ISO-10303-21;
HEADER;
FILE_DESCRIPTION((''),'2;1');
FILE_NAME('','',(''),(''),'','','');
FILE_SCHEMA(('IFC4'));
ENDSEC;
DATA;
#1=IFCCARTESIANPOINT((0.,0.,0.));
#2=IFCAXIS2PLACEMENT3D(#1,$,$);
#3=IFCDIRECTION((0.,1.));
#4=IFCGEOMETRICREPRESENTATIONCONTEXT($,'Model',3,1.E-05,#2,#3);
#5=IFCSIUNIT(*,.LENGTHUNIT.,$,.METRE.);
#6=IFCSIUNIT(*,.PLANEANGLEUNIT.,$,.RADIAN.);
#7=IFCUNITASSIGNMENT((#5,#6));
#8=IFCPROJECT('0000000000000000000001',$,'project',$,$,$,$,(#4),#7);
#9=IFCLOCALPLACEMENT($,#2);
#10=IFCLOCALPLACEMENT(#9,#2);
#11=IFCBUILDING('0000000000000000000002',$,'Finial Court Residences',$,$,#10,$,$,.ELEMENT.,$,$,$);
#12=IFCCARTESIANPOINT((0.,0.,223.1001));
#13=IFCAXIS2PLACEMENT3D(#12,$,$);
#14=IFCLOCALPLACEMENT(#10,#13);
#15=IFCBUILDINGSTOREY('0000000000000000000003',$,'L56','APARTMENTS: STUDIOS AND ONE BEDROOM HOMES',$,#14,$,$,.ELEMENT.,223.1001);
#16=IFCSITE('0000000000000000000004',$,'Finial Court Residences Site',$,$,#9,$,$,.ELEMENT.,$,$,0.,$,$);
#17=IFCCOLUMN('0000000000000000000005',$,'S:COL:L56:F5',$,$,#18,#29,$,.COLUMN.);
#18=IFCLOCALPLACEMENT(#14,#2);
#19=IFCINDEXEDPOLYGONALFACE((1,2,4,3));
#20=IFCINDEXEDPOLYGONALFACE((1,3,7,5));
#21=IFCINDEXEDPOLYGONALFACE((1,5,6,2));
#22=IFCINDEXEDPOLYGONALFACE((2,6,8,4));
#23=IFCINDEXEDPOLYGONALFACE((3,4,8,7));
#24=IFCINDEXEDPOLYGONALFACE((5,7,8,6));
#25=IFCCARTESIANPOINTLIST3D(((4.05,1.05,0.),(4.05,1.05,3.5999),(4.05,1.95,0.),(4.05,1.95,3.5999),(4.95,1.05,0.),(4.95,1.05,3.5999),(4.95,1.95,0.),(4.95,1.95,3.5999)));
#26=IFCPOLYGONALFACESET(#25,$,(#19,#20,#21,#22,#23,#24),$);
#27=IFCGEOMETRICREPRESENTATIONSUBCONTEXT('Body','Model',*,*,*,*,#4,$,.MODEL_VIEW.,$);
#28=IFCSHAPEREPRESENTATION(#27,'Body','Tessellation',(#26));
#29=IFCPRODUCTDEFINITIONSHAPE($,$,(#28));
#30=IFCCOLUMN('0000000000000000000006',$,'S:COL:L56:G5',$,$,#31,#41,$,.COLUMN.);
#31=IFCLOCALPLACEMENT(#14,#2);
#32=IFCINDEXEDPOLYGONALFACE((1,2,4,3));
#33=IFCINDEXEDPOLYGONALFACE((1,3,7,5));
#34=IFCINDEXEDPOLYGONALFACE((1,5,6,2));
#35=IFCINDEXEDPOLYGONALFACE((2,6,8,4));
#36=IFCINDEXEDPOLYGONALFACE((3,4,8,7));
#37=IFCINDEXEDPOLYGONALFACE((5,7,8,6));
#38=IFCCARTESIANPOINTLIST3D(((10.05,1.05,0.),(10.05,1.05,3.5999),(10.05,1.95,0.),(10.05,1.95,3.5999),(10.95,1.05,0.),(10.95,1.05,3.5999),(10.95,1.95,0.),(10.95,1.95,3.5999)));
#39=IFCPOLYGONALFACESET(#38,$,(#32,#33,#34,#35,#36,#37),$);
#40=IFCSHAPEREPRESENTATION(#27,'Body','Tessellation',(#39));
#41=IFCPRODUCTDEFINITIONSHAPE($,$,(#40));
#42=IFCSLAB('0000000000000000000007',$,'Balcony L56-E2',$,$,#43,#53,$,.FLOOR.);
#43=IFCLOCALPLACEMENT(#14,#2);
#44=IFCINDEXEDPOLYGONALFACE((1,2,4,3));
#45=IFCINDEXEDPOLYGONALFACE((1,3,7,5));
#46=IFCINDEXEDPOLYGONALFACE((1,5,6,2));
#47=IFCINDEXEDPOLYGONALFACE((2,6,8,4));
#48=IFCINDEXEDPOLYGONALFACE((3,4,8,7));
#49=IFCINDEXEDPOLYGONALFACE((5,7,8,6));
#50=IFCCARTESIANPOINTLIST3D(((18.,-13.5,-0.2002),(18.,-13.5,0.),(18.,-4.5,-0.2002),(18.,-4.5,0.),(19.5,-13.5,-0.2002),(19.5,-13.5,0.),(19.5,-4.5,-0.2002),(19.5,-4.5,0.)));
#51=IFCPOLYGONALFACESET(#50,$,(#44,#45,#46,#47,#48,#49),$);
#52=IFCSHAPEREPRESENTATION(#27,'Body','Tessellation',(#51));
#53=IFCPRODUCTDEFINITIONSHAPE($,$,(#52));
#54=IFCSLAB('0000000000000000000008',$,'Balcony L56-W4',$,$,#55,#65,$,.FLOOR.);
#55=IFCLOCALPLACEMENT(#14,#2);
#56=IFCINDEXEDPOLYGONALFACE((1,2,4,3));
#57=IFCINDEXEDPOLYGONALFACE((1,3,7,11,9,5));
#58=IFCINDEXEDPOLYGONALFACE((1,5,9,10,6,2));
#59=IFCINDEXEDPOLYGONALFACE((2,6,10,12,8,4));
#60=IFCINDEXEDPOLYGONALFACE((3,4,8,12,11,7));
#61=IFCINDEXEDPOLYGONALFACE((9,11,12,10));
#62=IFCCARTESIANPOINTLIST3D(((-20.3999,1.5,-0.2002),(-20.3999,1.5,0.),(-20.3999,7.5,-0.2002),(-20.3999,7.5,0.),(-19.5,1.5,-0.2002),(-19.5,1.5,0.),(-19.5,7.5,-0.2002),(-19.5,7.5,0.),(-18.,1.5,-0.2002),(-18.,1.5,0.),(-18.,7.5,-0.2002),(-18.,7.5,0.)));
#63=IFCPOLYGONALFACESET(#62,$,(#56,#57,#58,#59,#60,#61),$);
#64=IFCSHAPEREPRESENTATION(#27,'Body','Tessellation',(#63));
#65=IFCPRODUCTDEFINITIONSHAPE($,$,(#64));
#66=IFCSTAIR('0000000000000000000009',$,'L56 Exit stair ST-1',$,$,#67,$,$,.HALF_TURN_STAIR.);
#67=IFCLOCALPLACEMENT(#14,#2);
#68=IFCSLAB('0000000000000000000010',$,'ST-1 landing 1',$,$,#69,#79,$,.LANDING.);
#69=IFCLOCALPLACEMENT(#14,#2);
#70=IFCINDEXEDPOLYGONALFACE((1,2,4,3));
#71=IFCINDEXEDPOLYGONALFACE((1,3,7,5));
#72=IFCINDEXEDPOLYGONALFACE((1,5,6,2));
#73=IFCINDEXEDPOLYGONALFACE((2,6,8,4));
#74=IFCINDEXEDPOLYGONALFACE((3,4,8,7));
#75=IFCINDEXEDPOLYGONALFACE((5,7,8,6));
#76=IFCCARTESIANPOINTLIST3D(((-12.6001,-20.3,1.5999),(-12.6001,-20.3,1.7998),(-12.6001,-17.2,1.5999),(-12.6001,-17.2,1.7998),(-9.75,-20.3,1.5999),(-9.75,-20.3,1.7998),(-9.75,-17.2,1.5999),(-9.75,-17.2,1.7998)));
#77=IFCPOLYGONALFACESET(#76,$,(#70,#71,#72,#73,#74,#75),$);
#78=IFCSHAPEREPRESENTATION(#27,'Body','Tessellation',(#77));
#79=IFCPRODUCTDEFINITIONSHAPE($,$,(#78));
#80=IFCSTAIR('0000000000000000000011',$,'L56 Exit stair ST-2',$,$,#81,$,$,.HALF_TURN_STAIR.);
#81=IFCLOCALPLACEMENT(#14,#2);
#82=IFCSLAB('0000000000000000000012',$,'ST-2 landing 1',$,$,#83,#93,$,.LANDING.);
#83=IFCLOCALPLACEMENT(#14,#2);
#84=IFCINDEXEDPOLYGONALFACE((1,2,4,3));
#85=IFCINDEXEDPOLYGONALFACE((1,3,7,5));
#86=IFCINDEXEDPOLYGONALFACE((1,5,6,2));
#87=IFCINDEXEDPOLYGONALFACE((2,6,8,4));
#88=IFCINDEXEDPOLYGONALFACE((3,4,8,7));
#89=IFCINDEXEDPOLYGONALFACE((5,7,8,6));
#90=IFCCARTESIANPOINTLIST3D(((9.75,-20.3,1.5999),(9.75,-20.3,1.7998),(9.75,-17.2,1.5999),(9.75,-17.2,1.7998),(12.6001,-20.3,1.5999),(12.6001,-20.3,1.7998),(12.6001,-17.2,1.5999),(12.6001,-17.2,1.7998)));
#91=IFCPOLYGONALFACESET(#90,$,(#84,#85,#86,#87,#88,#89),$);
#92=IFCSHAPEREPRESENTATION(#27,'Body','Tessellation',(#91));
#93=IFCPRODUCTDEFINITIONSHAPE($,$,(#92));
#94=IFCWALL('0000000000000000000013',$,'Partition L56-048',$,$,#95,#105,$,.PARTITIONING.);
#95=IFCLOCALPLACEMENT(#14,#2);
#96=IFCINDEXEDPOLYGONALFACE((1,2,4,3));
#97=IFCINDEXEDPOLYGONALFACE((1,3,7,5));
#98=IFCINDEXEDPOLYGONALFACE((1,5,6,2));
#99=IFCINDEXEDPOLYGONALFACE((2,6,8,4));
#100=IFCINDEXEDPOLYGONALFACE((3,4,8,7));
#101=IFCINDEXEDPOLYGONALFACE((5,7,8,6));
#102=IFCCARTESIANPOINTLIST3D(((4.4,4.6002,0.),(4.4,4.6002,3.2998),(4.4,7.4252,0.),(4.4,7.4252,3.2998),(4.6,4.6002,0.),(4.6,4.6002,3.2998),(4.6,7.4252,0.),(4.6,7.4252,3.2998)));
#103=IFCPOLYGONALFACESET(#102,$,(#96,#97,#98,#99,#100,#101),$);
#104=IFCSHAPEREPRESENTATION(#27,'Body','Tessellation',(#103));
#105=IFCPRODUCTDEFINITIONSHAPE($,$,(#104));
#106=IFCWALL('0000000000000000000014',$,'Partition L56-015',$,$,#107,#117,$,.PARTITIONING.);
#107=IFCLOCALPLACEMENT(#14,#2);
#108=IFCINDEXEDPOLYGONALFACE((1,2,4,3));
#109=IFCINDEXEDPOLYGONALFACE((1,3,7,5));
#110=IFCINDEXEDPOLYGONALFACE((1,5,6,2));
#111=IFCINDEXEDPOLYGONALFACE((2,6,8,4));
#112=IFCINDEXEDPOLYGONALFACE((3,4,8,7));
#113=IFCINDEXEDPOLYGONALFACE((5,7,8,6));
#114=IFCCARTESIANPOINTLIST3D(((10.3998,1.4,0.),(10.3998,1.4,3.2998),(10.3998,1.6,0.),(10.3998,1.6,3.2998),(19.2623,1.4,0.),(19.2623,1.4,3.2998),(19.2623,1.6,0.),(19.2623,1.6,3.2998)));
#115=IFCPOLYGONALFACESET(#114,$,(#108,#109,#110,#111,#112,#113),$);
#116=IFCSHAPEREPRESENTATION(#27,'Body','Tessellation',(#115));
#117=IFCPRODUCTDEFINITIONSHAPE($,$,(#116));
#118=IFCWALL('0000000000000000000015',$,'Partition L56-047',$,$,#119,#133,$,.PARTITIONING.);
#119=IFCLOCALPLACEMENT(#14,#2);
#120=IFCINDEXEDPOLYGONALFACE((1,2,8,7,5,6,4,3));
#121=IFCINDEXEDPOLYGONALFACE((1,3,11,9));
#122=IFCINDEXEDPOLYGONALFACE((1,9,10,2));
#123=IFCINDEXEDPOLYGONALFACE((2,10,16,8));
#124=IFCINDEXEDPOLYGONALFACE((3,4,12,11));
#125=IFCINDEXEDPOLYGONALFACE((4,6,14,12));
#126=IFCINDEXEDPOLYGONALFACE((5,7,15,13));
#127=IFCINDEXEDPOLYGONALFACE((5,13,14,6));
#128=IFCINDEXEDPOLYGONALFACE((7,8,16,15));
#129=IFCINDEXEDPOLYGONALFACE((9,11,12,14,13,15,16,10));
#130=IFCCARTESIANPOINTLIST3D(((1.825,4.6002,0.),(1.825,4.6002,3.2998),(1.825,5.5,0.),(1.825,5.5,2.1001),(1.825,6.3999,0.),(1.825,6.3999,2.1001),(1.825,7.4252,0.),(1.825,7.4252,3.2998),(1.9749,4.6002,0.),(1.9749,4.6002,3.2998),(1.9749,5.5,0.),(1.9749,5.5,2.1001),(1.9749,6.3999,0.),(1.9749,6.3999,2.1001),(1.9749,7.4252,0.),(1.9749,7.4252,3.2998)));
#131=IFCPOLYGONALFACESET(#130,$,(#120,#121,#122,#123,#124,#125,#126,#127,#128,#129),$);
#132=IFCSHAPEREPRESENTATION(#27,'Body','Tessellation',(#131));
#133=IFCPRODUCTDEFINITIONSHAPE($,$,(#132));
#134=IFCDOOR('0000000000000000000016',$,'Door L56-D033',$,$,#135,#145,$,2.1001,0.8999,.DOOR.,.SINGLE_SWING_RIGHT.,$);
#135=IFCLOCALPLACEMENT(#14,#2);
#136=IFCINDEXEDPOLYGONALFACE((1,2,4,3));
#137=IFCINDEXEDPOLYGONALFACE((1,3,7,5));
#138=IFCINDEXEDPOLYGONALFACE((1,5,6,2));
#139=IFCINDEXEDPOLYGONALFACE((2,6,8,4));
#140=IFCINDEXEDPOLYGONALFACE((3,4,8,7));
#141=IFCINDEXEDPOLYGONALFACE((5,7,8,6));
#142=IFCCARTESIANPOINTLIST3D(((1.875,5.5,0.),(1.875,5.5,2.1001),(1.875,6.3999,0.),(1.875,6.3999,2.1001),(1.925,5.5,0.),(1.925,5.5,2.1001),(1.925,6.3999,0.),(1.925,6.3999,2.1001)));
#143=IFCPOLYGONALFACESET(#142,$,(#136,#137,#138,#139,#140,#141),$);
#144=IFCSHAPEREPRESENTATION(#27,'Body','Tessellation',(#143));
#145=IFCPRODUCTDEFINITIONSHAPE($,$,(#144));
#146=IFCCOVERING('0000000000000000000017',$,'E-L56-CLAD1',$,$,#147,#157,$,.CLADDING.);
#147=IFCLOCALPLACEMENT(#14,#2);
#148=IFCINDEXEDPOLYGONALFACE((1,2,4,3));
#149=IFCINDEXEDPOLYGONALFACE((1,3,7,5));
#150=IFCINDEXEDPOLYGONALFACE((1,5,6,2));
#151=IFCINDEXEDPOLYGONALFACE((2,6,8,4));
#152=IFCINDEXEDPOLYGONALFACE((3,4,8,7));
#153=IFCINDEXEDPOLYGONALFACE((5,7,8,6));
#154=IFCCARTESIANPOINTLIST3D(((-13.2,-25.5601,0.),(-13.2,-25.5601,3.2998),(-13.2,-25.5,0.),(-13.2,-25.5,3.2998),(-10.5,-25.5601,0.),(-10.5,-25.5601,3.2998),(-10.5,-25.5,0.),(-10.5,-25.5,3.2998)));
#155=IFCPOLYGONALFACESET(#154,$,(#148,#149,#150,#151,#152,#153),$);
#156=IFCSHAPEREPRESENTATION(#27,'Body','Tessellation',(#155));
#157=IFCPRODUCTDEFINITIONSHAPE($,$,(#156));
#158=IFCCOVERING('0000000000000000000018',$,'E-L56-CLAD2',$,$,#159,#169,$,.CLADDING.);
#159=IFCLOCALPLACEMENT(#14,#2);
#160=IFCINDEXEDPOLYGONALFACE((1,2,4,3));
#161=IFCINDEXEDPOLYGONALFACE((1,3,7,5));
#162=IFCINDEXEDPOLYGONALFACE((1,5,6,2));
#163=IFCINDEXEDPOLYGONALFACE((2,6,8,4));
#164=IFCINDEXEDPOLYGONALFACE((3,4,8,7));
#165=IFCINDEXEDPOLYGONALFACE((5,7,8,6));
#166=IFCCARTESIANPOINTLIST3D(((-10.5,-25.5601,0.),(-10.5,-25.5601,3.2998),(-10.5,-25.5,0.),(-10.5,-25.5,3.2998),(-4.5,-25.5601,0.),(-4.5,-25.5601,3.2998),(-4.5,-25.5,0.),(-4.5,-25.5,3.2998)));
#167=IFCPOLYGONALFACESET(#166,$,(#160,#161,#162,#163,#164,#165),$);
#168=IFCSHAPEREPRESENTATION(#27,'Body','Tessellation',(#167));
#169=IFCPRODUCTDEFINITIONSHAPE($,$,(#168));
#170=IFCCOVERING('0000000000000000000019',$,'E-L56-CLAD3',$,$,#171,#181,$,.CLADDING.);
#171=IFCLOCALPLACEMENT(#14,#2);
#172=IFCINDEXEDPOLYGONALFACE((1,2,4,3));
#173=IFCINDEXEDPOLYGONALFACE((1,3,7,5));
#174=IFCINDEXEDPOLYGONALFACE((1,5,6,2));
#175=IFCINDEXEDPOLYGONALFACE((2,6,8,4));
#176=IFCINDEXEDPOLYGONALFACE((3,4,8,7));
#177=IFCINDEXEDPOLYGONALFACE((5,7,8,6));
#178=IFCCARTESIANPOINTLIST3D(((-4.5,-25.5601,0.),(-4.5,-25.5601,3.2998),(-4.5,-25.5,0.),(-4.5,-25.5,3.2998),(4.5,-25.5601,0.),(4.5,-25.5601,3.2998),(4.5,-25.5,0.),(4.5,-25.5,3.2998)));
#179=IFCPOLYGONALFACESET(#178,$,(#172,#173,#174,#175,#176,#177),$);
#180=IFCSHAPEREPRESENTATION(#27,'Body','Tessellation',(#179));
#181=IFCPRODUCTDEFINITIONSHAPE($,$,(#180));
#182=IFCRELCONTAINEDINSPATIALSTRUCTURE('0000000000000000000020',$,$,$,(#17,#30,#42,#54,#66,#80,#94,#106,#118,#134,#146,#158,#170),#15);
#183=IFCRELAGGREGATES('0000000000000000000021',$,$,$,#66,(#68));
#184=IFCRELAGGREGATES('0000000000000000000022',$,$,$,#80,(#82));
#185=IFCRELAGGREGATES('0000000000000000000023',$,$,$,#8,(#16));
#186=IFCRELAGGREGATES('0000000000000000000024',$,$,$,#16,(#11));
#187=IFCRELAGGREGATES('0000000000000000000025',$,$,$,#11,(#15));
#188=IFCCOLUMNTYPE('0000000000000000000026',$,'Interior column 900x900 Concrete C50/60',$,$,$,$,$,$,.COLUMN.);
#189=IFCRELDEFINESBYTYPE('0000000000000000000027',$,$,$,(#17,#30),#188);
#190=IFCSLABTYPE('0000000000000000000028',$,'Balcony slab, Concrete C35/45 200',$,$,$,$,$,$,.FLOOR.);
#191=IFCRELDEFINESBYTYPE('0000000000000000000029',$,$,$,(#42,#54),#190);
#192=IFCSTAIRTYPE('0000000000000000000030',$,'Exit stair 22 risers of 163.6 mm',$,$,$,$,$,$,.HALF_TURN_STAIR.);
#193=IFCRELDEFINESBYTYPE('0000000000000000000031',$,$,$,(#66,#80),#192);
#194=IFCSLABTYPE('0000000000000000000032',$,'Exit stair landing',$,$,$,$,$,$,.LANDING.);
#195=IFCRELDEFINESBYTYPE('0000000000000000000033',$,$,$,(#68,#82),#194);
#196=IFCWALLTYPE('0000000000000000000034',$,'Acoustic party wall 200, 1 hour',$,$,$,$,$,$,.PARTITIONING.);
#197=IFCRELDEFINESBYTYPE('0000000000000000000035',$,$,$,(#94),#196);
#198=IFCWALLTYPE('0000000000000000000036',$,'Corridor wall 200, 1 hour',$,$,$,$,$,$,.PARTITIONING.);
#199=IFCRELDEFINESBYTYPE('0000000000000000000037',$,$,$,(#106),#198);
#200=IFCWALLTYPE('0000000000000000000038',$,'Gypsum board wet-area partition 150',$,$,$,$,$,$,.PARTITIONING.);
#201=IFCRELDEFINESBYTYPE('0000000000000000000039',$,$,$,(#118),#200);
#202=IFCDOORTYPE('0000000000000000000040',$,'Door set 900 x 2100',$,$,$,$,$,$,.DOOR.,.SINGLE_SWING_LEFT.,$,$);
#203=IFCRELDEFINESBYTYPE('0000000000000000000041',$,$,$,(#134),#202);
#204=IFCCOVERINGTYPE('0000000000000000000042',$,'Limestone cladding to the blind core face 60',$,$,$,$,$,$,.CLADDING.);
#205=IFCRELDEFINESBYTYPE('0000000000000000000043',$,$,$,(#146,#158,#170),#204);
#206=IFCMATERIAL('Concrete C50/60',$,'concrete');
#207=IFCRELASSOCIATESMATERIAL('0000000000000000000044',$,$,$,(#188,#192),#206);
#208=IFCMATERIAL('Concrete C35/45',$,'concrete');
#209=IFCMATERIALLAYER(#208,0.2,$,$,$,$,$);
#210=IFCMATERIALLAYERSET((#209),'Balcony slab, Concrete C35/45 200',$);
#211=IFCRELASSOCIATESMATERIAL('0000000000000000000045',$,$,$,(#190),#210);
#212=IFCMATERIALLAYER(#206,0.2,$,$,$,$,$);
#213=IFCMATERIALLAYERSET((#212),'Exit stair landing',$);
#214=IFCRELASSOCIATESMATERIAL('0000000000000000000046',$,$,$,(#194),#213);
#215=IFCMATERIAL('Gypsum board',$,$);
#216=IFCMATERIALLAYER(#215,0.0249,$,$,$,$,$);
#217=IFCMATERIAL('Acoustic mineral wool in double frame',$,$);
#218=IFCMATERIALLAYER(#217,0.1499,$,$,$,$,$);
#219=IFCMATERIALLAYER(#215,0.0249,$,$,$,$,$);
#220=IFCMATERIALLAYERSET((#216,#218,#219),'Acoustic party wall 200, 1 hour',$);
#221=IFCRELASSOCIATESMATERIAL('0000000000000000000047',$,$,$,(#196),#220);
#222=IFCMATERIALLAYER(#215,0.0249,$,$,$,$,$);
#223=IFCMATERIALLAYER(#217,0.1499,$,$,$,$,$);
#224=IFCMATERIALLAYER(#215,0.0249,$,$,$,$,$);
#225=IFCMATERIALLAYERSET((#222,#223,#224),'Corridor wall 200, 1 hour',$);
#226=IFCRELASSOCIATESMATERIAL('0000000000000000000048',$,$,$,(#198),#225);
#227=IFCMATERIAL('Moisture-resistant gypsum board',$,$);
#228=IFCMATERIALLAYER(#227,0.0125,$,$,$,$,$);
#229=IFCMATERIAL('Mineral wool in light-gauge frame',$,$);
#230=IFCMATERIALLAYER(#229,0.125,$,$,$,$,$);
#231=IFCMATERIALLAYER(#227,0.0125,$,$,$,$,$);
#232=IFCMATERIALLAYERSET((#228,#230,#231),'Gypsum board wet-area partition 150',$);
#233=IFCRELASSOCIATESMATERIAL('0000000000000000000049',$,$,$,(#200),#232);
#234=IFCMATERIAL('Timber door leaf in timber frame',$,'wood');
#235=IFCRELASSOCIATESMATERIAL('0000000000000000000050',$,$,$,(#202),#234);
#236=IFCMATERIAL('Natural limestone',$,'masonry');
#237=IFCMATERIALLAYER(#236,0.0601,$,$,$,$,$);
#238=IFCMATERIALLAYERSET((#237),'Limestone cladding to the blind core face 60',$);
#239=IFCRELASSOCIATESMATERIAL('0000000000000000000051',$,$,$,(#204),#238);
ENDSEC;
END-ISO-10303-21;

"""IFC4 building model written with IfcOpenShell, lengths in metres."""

from ifc_helpers import new_model, si_unit, direction, frame, frame_2d, origin, origin_2d, place, context, subcontext, project, spatial, polyline, rectangle, outline, extrude, material, layer, layer_set, material_profile, profile_set, type_object, element, fill, aggregate, save


model = new_model("IFC4")

# Units and contexts
model_context = context("Model", 3, precision=1e-05, world=origin(), true_north=direction((0.0, 1.0)))
body_context = subcontext(model_context, "Body", "Model", "MODEL_VIEW")
ifc_project = project(units=[si_unit("LENGTHUNIT", "METRE"), si_unit("PLANEANGLEUNIT", "RADIAN")], contexts=[model_context])

# Site, building, storey
site_placement = place(None, origin())
site = spatial("IfcSite", under=ifc_project, at=site_placement, Name="Finial Court Residences Site", CompositionType="ELEMENT", RefElevation=0.0)
building_placement = place(site_placement, origin())
building = spatial("IfcBuilding", under=site, at=building_placement, Name="Finial Court Residences", CompositionType="ELEMENT")
storey_placement = place(building_placement, frame((0.0, 0.0, 223.1001)))
storey = spatial("IfcBuildingStorey", under=building, at=storey_placement, Name="L56", Description="APARTMENTS: STUDIOS AND ONE BEDROOM HOMES", CompositionType="ELEMENT", Elevation=223.1001)

# Columns
ifc_material_1 = material(Name="Concrete C50/60", Category="concrete")
ifc_material_profile = material_profile(ifc_material_1, rectangle(XDim=0.8999, YDim=0.8999, at=origin_2d()), Name="900x900")
ifc_profile_set = profile_set([ifc_material_profile], Name="Concrete C50/60")
column_type = type_object("IfcColumnType", Name="Interior column 900x900 Concrete C50/60", PredefinedType="COLUMN", material=ifc_profile_set)
for number, where, z_axis, x_axis, name in (
    (1, (4.5, 1.5, 0.0), (0.0, 0.0, 1.0), (1.0, 0.0, 0.0), "S:COL:L56:F5"),
    (2, (10.5, 1.5, 0.0), (0.0, 0.0, 1.0), (1.0, 0.0, 0.0), "S:COL:L56:G5"),
):
    element("IfcColumn", number, at=place(storey_placement, frame(where, z_axis=z_axis, x_axis=x_axis)), inside=storey, type_object=column_type, Name=name, PredefinedType="COLUMN", context=body_context, shape_type="SweptSolid", body=[
        extrude(rectangle(XDim=0.8999, YDim=0.8999, at=origin_2d()), origin(), (0.0, 0.0, 1.0), 3.5999),
    ])

# Slabs
ifc_material_2 = material(Name="Concrete C35/45", Category="concrete")
ifc_layer_1 = layer(ifc_material_2, 0.2)
ifc_layer_set_1 = layer_set([ifc_layer_1], Name="Balcony slab, Concrete C35/45 200")
slab_type_1 = type_object("IfcSlabType", Name="Balcony slab, Concrete C35/45 200", PredefinedType="FLOOR", material=ifc_layer_set_1)
slab_1_placement = place(storey_placement, frame((0.0, 0.0, -0.2002)))
element("IfcSlab", 3, at=slab_1_placement, inside=storey, type_object=slab_type_1, Name="Balcony L56-E2", PredefinedType="FLOOR", context=body_context, shape_type="SweptSolid", body=[
    extrude(outline(polyline([(19.5, -13.5), (19.5, -4.5), (18.0, -4.5), (18.0, -13.5), (19.5, -13.5)])), origin(), (0.0, 0.0, 1.0), 0.2002),
])
slab_2_placement = place(storey_placement, frame((0.0, 0.0, -0.2002)))
element("IfcSlab", 4, at=slab_2_placement, inside=storey, type_object=slab_type_1, Name="Balcony L56-W4", PredefinedType="FLOOR", context=body_context, shape_type="SweptSolid", body=[
    extrude(outline(polyline([(-20.3999, 1.5), (-20.3999, 7.5), (-19.5, 7.5), (-18.0, 7.5), (-18.0, 1.5), (-19.5, 1.5), (-20.3999, 1.5)])), origin(), (0.0, 0.0, 1.0), 0.2002),
])

# Stairs, slabs
stair_type = type_object("IfcStairType", Name="Exit stair 22 risers of 163.6 mm", PredefinedType="HALF_TURN_STAIR", material=ifc_material_1)
stair_1_placement = place(storey_placement, origin())
stair_1 = element("IfcStair", 5, at=stair_1_placement, inside=storey, type_object=stair_type, Name="L56 Exit stair ST-1", PredefinedType="HALF_TURN_STAIR")
ifc_layer_2 = layer(ifc_material_1, 0.2)
ifc_layer_set_2 = layer_set([ifc_layer_2], Name="Exit stair landing")
slab_type_2 = type_object("IfcSlabType", Name="Exit stair landing", PredefinedType="LANDING", material=ifc_layer_set_2)
slab_3_placement = place(storey_placement, frame((0.0, 0.0, 1.5999)))
slab_3 = element("IfcSlab", 6, at=slab_3_placement, type_object=slab_type_2, Name="ST-1 landing 1", PredefinedType="LANDING", context=body_context, shape_type="SweptSolid", body=[
    extrude(outline(polyline([(-9.75, -20.3), (-9.75, -17.2), (-12.6001, -17.2), (-12.6001, -20.3), (-9.75, -20.3)])), origin(), (0.0, 0.0, 1.0), 0.2),
])
aggregate(stair_1, [slab_3])
stair_2_placement = place(storey_placement, origin())
stair_2 = element("IfcStair", 7, at=stair_2_placement, inside=storey, type_object=stair_type, Name="L56 Exit stair ST-2", PredefinedType="HALF_TURN_STAIR")
slab_4_placement = place(storey_placement, frame((0.0, 0.0, 1.5999)))
slab_4 = element("IfcSlab", 8, at=slab_4_placement, type_object=slab_type_2, Name="ST-2 landing 1", PredefinedType="LANDING", context=body_context, shape_type="SweptSolid", body=[
    extrude(outline(polyline([(12.6001, -20.3), (12.6001, -17.2), (9.75, -17.2), (9.75, -20.3), (12.6001, -20.3)])), origin(), (0.0, 0.0, 1.0), 0.2),
])
aggregate(stair_2, [slab_4])

# Walls
ifc_material_3 = material(Name="Gypsum board")
ifc_layer_3 = layer(ifc_material_3, 0.0249)
ifc_material_4 = material(Name="Acoustic mineral wool in double frame")
ifc_layer_4 = layer(ifc_material_4, 0.1499)
ifc_layer_5 = layer(ifc_material_3, 0.0249)
ifc_layer_set_3 = layer_set([ifc_layer_3, ifc_layer_4, ifc_layer_5], Name="Acoustic party wall 200, 1 hour")
wall_type_1 = type_object("IfcWallType", Name="Acoustic party wall 200, 1 hour", PredefinedType="PARTITIONING", material=ifc_layer_set_3)
wall_1_placement = place(storey_placement, frame((4.5, 4.6001, 0.0), z_axis=(0.0, 0.0, 1.0), x_axis=(0.0, 1.0, 0.0)))
element("IfcWall", 9, at=wall_1_placement, inside=storey, type_object=wall_type_1, Name="Partition L56-048", PredefinedType="PARTITIONING", context=body_context, shape_type="SweptSolid", body=[
    extrude(rectangle(XDim=2.825, YDim=0.2, at=frame_2d((1.4126, 0.0))), origin(), (0.0, 0.0, 1.0), 3.2998),
])
ifc_layer_6 = layer(ifc_material_3, 0.0249)
ifc_layer_7 = layer(ifc_material_4, 0.1499)
ifc_layer_8 = layer(ifc_material_3, 0.0249)
ifc_layer_set_4 = layer_set([ifc_layer_6, ifc_layer_7, ifc_layer_8], Name="Corridor wall 200, 1 hour")
wall_type_2 = type_object("IfcWallType", Name="Corridor wall 200, 1 hour", PredefinedType="PARTITIONING", material=ifc_layer_set_4)
wall_2_placement = place(storey_placement, frame((10.3999, 1.5, 0.0), z_axis=(0.0, 0.0, 1.0), x_axis=(1.0, 0.0, 0.0)))
element("IfcWall", 10, at=wall_2_placement, inside=storey, type_object=wall_type_2, Name="Partition L56-015", PredefinedType="PARTITIONING", context=body_context, shape_type="SweptSolid", body=[
    extrude(rectangle(XDim=8.8625, YDim=0.2, at=frame_2d((4.4312, 0.0))), origin(), (0.0, 0.0, 1.0), 3.2998),
])

# Wall, opening, door
ifc_material_5 = material(Name="Moisture-resistant gypsum board")
ifc_layer_9 = layer(ifc_material_5, 0.0125)
ifc_material_6 = material(Name="Mineral wool in light-gauge frame")
ifc_layer_10 = layer(ifc_material_6, 0.125)
ifc_layer_11 = layer(ifc_material_5, 0.0125)
ifc_layer_set_5 = layer_set([ifc_layer_9, ifc_layer_10, ifc_layer_11], Name="Gypsum board wet-area partition 150")
wall_type_3 = type_object("IfcWallType", Name="Gypsum board wet-area partition 150", PredefinedType="PARTITIONING", material=ifc_layer_set_5)
wall_3_placement = place(storey_placement, frame((1.8999, 4.6001, 0.0), z_axis=(0.0, 0.0, 1.0), x_axis=(0.0, 1.0, 0.0)))
wall_3 = element("IfcWall", 11, at=wall_3_placement, inside=storey, type_object=wall_type_3, Name="Partition L56-047", PredefinedType="PARTITIONING", context=body_context, shape_type="SweptSolid", body=[
    extrude(rectangle(XDim=2.825, YDim=0.1499, at=frame_2d((1.4126, 0.0))), origin(), (0.0, 0.0, 1.0), 3.2998),
])
opening_placement = place(wall_3_placement, frame((0.8999, 0.0, 0.0)))
opening = element("IfcOpeningElement", 12, at=opening_placement, cuts=wall_3, PredefinedType="OPENING", context=body_context, shape_type="SweptSolid", body=[
    extrude(rectangle(XDim=0.8999, YDim=2.1001, at=frame_2d((0.45, 1.05))), frame((0.0, 0.085, 0.0), z_axis=(0.0, -1.0, 0.0), x_axis=(1.0, 0.0, 0.0)), (0.0, 0.0, 1.0), 0.1699),
])
ifc_material_7 = material(Name="Timber door leaf in timber frame", Category="wood")
door_type = type_object("IfcDoorType", Name="Door set 900 x 2100", OperationType="SINGLE_SWING_LEFT", PredefinedType="DOOR", material=ifc_material_7)
door_placement = place(opening_placement, origin())
door = element("IfcDoor", 13, at=door_placement, inside=storey, type_object=door_type, Name="Door L56-D033", OperationType="SINGLE_SWING_RIGHT", OverallHeight=2.1001, OverallWidth=0.8999, PredefinedType="DOOR", context=body_context, shape_type="SweptSolid", body=[
    extrude(rectangle(XDim=0.8999, YDim=2.1001, at=frame_2d((0.45, 1.05))), frame((0.0, 0.0249, 0.0), z_axis=(0.0, -1.0, 0.0), x_axis=(1.0, 0.0, 0.0)), (0.0, 0.0, 1.0), 0.05),
])
fill(opening, door)

# Coverings
ifc_material_8 = material(Name="Natural limestone", Category="masonry")
ifc_layer_12 = layer(ifc_material_8, 0.0601)
ifc_layer_set_6 = layer_set([ifc_layer_12], Name="Limestone cladding to the blind core face 60")
covering_type_1 = type_object("IfcCoveringType", Name="Limestone cladding to the blind core face 60", PredefinedType="CLADDING", material=ifc_layer_set_6)
covering_1_placement = place(storey_placement, origin())
element("IfcCovering", 14, at=covering_1_placement, inside=storey, type_object=covering_type_1, Name="E-L56-CLAD1", PredefinedType="CLADDING", context=body_context, shape_type="SweptSolid", body=[
    extrude(outline(polyline([(-10.5, -25.5601), (-10.5, -25.5), (-13.2, -25.5), (-13.2, -25.5601), (-10.5, -25.5601)])), origin(), (0.0, 0.0, 1.0), 3.2998),
])
covering_2_placement = place(storey_placement, origin())
element("IfcCovering", 15, at=covering_2_placement, inside=storey, type_object=covering_type_1, Name="E-L56-CLAD2", PredefinedType="CLADDING", context=body_context, shape_type="SweptSolid", body=[
    extrude(outline(polyline([(-4.5, -25.5601), (-4.5, -25.5), (-10.5, -25.5), (-10.5, -25.5601), (-4.5, -25.5601)])), origin(), (0.0, 0.0, 1.0), 3.2998),
])
covering_3_placement = place(storey_placement, origin())
element("IfcCovering", 16, at=covering_3_placement, inside=storey, type_object=covering_type_1, Name="E-L56-CLAD3", PredefinedType="CLADDING", context=body_context, shape_type="SweptSolid", body=[
    extrude(outline(polyline([(4.5, -25.5601), (4.5, -25.5), (-4.5, -25.5), (-4.5, -25.5601), (4.5, -25.5601)])), origin(), (0.0, 0.0, 1.0), 3.2998),
])

save(model, "model.ifc")
